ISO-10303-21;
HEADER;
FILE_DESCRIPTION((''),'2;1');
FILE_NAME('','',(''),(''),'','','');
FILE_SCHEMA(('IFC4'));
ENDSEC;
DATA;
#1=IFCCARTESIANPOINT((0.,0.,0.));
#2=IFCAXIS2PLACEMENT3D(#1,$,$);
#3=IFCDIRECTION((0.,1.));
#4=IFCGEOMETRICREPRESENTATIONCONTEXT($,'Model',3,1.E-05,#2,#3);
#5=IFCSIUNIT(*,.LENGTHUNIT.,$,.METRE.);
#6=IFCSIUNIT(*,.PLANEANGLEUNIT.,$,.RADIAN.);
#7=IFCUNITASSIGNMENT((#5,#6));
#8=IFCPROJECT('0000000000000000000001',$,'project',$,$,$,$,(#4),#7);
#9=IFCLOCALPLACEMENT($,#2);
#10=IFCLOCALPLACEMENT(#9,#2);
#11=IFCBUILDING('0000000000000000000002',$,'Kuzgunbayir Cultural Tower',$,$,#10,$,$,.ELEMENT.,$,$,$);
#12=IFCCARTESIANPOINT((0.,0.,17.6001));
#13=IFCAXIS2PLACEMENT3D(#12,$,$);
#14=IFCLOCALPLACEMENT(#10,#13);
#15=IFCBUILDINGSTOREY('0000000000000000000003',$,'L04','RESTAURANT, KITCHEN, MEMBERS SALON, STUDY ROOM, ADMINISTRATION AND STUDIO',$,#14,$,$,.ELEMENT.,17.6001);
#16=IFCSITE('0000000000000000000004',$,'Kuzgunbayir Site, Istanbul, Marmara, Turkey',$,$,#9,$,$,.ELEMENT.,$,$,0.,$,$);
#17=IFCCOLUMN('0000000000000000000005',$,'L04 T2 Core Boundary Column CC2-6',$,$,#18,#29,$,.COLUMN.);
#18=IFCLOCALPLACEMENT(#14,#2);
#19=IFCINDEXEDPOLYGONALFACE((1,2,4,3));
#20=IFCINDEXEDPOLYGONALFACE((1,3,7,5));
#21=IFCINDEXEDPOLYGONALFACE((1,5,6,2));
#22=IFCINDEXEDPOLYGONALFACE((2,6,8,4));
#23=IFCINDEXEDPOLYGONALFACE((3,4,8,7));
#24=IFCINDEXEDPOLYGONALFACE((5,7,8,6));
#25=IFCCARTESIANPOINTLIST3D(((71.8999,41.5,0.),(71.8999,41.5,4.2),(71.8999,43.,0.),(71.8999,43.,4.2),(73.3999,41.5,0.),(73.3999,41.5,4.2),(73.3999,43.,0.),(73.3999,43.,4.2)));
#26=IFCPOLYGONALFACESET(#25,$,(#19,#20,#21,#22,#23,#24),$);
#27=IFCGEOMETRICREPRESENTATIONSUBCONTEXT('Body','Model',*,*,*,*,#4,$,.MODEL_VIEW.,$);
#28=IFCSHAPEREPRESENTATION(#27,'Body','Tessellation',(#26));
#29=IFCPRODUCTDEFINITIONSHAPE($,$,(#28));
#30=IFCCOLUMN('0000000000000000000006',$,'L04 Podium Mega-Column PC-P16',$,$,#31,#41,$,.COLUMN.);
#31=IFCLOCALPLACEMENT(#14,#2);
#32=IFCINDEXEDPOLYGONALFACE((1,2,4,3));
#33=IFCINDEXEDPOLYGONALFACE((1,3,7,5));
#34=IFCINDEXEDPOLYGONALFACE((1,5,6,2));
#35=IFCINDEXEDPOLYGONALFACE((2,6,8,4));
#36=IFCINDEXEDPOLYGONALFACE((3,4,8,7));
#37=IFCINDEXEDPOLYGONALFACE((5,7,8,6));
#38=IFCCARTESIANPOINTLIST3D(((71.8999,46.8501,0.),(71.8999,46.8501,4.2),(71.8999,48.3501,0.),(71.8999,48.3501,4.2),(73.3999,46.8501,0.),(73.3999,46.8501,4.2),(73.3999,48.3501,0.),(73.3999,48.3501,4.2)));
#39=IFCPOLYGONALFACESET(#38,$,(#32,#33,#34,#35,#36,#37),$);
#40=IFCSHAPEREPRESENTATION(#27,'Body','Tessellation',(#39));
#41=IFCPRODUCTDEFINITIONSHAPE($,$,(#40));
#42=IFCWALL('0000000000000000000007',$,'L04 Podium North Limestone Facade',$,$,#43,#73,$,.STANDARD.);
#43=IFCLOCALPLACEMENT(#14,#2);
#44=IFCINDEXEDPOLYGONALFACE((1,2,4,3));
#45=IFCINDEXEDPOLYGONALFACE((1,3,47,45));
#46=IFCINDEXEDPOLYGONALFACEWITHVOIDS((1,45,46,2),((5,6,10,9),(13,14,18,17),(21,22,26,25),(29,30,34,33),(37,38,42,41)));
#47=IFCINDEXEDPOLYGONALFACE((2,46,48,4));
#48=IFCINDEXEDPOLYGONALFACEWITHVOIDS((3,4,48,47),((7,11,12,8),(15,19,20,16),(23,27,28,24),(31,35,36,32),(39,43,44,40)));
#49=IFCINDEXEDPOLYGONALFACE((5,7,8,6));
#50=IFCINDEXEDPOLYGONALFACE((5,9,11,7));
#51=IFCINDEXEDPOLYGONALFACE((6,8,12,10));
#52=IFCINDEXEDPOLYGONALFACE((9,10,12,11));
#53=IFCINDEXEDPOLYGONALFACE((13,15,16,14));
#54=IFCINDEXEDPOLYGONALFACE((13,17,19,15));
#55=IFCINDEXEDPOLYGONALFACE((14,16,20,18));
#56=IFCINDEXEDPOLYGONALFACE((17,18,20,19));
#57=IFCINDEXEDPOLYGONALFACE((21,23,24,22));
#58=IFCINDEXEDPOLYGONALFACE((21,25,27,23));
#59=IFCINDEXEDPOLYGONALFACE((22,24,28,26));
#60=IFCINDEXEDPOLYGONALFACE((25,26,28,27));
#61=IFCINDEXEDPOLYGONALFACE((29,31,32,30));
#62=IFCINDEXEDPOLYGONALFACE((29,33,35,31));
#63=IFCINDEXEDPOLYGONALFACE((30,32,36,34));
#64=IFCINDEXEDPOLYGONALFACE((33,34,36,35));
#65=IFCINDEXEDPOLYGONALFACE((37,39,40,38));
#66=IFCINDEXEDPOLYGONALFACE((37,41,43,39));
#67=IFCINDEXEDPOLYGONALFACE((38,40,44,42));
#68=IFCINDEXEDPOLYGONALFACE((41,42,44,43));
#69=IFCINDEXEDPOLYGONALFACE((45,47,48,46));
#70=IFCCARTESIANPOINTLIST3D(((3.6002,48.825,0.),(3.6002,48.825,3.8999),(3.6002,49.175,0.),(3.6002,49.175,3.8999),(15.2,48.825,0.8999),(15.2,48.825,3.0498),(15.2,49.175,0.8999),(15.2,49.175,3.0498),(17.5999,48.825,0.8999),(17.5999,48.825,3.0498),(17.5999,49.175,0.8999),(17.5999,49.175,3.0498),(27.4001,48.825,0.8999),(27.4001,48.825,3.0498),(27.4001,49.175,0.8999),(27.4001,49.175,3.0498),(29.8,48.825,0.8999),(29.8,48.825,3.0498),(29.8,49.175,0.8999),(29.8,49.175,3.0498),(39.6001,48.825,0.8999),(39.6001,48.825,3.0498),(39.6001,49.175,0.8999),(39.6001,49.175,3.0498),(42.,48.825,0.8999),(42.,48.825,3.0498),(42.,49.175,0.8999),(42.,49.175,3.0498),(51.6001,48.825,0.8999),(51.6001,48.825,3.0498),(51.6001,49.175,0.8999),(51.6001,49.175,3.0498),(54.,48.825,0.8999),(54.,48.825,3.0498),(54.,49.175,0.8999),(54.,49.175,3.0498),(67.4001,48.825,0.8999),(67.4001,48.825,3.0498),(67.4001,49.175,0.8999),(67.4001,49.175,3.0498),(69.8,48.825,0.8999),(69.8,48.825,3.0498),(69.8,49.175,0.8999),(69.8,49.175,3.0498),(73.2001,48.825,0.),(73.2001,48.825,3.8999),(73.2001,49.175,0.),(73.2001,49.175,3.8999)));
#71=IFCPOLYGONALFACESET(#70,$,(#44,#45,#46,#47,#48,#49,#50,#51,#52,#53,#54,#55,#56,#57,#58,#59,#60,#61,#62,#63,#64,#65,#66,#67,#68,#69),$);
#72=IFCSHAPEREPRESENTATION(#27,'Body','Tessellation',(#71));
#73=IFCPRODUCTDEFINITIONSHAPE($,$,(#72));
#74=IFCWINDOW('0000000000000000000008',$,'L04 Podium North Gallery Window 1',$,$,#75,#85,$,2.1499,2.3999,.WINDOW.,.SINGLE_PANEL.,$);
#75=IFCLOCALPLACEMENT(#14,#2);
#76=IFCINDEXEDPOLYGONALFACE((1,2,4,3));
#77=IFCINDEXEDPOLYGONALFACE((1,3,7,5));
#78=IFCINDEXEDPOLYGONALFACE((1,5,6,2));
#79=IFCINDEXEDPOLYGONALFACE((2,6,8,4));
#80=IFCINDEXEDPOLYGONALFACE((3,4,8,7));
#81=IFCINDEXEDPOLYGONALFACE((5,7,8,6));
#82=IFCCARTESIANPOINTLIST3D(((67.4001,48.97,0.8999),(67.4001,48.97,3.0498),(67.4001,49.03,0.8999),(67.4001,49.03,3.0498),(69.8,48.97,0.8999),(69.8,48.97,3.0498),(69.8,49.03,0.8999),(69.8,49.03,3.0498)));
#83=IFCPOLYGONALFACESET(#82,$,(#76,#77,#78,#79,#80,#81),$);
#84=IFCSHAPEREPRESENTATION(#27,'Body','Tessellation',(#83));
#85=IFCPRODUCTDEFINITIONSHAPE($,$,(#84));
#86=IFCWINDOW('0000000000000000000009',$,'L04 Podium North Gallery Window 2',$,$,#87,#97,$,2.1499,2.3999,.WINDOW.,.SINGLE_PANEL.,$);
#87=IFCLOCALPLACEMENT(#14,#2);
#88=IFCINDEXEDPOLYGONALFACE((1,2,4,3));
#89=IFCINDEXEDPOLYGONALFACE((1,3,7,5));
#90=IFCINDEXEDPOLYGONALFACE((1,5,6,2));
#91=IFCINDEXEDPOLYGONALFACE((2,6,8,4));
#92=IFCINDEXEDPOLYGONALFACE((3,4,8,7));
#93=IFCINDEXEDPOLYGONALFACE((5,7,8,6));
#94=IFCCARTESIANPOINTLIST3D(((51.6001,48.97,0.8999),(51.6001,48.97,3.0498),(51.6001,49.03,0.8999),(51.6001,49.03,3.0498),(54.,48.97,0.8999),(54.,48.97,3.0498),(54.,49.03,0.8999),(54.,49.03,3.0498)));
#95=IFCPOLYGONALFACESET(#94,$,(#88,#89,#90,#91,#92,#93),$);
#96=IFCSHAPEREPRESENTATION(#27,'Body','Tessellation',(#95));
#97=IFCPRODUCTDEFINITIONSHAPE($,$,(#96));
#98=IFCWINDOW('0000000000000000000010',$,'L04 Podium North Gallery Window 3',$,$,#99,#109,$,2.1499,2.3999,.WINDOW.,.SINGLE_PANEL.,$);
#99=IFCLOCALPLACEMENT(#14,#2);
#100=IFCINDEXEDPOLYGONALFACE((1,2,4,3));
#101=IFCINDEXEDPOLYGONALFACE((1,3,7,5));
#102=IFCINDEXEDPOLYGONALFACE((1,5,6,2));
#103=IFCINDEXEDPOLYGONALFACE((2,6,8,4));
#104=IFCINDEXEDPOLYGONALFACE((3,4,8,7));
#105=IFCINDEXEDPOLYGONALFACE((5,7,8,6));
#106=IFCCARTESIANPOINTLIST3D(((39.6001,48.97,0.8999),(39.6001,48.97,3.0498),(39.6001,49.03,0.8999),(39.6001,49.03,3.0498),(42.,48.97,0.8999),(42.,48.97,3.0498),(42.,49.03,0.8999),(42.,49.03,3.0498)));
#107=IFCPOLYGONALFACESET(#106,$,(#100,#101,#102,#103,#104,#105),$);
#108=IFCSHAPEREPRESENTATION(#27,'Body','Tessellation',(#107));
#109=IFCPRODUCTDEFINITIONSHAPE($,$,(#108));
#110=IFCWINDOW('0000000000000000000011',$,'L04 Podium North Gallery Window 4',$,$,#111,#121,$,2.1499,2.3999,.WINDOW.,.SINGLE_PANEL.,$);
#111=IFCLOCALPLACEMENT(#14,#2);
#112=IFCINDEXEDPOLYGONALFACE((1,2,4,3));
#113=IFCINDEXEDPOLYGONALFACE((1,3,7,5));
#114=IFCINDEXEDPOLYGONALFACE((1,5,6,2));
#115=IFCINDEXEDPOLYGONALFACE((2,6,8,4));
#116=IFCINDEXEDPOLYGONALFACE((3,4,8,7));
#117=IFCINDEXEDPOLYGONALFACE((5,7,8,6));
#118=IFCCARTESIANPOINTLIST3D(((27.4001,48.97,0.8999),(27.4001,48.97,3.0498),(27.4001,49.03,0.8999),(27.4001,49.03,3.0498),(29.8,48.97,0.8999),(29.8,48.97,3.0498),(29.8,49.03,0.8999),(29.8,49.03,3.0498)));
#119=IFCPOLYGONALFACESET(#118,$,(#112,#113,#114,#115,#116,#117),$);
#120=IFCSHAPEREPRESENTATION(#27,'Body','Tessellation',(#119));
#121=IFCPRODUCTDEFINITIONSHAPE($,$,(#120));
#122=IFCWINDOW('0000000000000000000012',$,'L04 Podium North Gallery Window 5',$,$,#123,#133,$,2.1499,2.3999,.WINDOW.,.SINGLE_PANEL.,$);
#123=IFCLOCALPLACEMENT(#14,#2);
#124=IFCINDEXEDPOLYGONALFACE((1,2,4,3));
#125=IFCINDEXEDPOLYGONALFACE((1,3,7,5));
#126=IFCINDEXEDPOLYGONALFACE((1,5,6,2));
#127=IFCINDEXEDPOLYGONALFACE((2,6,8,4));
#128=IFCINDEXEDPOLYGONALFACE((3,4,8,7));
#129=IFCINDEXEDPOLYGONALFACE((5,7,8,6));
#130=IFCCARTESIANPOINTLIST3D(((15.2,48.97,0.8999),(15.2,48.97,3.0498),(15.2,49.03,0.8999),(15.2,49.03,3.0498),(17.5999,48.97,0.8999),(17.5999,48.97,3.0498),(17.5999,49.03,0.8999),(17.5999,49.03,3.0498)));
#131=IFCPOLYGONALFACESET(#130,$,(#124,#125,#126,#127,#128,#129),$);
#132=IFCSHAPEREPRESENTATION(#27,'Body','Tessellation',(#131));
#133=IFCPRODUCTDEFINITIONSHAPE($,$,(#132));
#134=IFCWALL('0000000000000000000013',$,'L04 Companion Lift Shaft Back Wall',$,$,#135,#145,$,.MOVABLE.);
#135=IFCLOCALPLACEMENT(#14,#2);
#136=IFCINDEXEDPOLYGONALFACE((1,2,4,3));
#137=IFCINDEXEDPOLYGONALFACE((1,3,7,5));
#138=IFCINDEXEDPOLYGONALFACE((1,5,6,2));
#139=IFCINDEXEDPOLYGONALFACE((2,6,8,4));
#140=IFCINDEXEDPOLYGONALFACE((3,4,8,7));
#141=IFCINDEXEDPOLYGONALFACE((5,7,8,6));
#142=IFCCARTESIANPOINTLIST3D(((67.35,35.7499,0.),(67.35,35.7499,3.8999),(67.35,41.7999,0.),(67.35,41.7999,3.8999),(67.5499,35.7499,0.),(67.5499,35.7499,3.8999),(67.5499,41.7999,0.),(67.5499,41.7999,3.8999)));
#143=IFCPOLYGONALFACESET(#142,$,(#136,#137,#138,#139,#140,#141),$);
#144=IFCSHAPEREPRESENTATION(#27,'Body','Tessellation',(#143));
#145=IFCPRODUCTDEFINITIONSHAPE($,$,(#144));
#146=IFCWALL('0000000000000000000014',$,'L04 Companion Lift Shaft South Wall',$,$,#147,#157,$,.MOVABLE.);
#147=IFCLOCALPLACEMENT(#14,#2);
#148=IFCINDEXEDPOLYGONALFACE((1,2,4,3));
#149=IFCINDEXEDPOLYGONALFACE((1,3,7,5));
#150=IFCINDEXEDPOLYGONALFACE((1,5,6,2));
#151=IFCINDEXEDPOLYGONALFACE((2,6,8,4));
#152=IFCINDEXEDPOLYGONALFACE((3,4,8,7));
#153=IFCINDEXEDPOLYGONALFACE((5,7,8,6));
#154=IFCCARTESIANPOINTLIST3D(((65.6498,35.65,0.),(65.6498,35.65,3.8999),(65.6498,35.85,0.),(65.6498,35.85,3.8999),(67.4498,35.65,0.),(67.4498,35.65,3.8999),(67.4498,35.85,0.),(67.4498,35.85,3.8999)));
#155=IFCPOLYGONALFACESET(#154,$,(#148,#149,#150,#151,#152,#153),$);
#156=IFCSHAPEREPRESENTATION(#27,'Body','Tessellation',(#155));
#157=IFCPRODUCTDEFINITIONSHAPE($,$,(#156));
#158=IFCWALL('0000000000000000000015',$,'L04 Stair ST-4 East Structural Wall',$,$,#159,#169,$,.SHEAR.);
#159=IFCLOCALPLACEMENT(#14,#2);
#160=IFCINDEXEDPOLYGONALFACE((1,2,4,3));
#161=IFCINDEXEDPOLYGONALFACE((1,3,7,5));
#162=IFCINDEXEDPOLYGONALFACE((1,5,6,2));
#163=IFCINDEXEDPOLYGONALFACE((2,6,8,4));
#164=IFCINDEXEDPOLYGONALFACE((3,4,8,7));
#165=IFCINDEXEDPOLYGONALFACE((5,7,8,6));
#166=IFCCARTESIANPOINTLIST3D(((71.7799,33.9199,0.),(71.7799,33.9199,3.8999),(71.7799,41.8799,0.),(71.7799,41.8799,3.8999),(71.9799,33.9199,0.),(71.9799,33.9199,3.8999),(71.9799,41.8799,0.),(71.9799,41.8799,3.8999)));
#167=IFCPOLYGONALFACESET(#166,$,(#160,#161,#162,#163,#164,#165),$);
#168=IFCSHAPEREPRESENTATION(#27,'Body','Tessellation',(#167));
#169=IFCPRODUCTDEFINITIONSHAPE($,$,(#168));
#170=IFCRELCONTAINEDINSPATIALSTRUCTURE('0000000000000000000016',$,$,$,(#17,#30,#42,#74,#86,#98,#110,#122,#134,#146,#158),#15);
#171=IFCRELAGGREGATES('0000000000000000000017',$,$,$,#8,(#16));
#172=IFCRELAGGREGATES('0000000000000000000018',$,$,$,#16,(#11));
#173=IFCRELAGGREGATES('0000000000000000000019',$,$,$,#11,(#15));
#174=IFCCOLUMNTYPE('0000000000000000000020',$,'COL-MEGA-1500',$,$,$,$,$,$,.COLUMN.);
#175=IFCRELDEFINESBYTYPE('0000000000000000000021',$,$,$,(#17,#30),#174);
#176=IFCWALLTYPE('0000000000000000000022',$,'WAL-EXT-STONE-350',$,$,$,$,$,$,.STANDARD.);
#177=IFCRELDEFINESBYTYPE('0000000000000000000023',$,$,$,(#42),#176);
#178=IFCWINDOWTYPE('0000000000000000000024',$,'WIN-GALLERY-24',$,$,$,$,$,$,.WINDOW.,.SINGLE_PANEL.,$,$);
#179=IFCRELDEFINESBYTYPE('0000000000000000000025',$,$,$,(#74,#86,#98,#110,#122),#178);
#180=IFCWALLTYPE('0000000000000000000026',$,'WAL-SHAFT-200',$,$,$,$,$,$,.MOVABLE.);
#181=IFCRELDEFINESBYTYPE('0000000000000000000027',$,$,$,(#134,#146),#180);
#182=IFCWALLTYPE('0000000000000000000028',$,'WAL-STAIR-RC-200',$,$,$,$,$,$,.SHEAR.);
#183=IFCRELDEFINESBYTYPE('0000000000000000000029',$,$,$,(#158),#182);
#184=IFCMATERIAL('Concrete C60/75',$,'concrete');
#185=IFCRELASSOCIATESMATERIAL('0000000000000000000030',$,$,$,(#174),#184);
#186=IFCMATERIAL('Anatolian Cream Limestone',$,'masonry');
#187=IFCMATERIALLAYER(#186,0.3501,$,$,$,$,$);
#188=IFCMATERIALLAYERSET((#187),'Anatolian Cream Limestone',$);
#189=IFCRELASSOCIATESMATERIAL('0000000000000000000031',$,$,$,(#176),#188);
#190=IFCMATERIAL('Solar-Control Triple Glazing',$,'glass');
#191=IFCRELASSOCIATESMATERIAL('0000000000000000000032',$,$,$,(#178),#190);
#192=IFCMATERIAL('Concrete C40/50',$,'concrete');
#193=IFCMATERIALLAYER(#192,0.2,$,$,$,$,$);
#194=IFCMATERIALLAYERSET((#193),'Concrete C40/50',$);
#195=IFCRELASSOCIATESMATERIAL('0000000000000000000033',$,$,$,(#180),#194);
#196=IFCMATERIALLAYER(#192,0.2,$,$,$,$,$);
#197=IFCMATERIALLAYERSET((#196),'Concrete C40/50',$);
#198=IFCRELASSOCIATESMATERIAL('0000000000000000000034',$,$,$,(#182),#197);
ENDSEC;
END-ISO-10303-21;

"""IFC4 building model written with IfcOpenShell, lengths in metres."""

from ifc_helpers import new_model, si_unit, direction, frame, frame_2d, origin, origin_2d, place, context, subcontext, project, spatial, rectangle, extrude, material, layer, layer_set, material_profile, profile_set, type_object, element, fill, save


model = new_model("IFC4")

# Units and contexts
model_context = context("Model", 3, precision=1e-05, world=origin(), true_north=direction((0.0, 1.0)))
body_context = subcontext(model_context, "Body", "Model", "MODEL_VIEW")
ifc_project = project(units=[si_unit("LENGTHUNIT", "METRE"), si_unit("PLANEANGLEUNIT", "RADIAN")], contexts=[model_context])

# Site, building, storey
site_placement = place(None, origin())
site = spatial("IfcSite", under=ifc_project, at=site_placement, Name="Kuzgunbayir Site, Istanbul, Marmara, Turkey", CompositionType="ELEMENT", RefElevation=0.0)
building_placement = place(site_placement, origin())
building = spatial("IfcBuilding", under=site, at=building_placement, Name="Kuzgunbayir Cultural Tower", CompositionType="ELEMENT")
storey_placement = place(building_placement, frame((0.0, 0.0, 17.6001)))
storey = spatial("IfcBuildingStorey", under=building, at=storey_placement, Name="L04", Description="RESTAURANT, KITCHEN, MEMBERS SALON, STUDY ROOM, ADMINISTRATION AND STUDIO", CompositionType="ELEMENT", Elevation=17.6001)

# Columns
ifc_material_1 = material(Name="Concrete C60/75", Category="concrete")
ifc_material_profile = material_profile(ifc_material_1, rectangle(XDim=1.5, YDim=1.5, at=origin_2d()), Name="RC 1500x1500")
ifc_profile_set = profile_set([ifc_material_profile], Name="Concrete C60/75")
column_type = type_object("IfcColumnType", Name="COL-MEGA-1500", PredefinedType="COLUMN", material=ifc_profile_set)
for number, where, z_axis, x_axis, name in (
    (1, (72.6499, 42.25, 0.0), (0.0, 0.0, 1.0), (1.0, 0.0, 0.0), "L04 T2 Core Boundary Column CC2-6"),
    (2, (72.6499, 47.6001, 0.0), (0.0, 0.0, 1.0), (1.0, 0.0, 0.0), "L04 Podium Mega-Column PC-P16"),
):
    element("IfcColumn", number, at=place(storey_placement, frame(where, z_axis=z_axis, x_axis=x_axis)), inside=storey, type_object=column_type, Name=name, PredefinedType="COLUMN", context=body_context, shape_type="SweptSolid", body=[
        extrude(rectangle(XDim=1.5, YDim=1.5, at=origin_2d()), origin(), (0.0, 0.0, 1.0), 4.2),
    ])

# Wall, openings, windows
ifc_material_2 = material(Name="Anatolian Cream Limestone", Category="masonry")
ifc_layer_1 = layer(ifc_material_2, 0.3501)
ifc_layer_set_1 = layer_set([ifc_layer_1], Name="Anatolian Cream Limestone")
wall_type_1 = type_object("IfcWallType", Name="WAL-EXT-STONE-350", PredefinedType="STANDARD", material=ifc_layer_set_1)
wall_1_placement = place(storey_placement, frame((73.2, 49.0, 0.0), z_axis=(0.0, 0.0, 1.0), x_axis=(-1.0, 0.0, 0.0)))
wall_1 = element("IfcWall", 3, at=wall_1_placement, inside=storey, type_object=wall_type_1, Name="L04 Podium North Limestone Facade", PredefinedType="STANDARD", context=body_context, shape_type="SweptSolid", body=[
    extrude(rectangle(XDim=69.5999, YDim=0.3501, at=frame_2d((34.7998, 0.0))), origin(), (0.0, 0.0, 1.0), 3.8999),
])
opening_1_placement = place(wall_1_placement, frame((3.3999, 0.0, 0.8999)))
opening_1 = element("IfcOpeningElement", 4, at=opening_1_placement, cuts=wall_1, PredefinedType="OPENING", context=body_context, shape_type="SweptSolid", body=[
    extrude(rectangle(XDim=2.3999, YDim=2.1499, at=frame_2d((1.2, 1.075))), frame((0.0, 0.1851, 0.0), z_axis=(0.0, -1.0, 0.0), x_axis=(1.0, 0.0, 0.0)), (0.0, 0.0, 1.0), 0.3701),
])
opening_2_placement = place(wall_1_placement, frame((19.2, 0.0, 0.8999)))
opening_2 = element("IfcOpeningElement", 5, at=opening_2_placement, cuts=wall_1, PredefinedType="OPENING", context=body_context, shape_type="SweptSolid", body=[
    extrude(rectangle(XDim=2.3999, YDim=2.1499, at=frame_2d((1.2, 1.075))), frame((0.0, 0.1851, 0.0), z_axis=(0.0, -1.0, 0.0), x_axis=(1.0, 0.0, 0.0)), (0.0, 0.0, 1.0), 0.3701),
])
opening_3_placement = place(wall_1_placement, frame((31.2, 0.0, 0.8999)))
opening_3 = element("IfcOpeningElement", 6, at=opening_3_placement, cuts=wall_1, PredefinedType="OPENING", context=body_context, shape_type="SweptSolid", body=[
    extrude(rectangle(XDim=2.3999, YDim=2.1499, at=frame_2d((1.2, 1.075))), frame((0.0, 0.1851, 0.0), z_axis=(0.0, -1.0, 0.0), x_axis=(1.0, 0.0, 0.0)), (0.0, 0.0, 1.0), 0.3701),
])
opening_4_placement = place(wall_1_placement, frame((43.3999, 0.0, 0.8999)))
opening_4 = element("IfcOpeningElement", 7, at=opening_4_placement, cuts=wall_1, PredefinedType="OPENING", context=body_context, shape_type="SweptSolid", body=[
    extrude(rectangle(XDim=2.3999, YDim=2.1499, at=frame_2d((1.2, 1.075))), frame((0.0, 0.1851, 0.0), z_axis=(0.0, -1.0, 0.0), x_axis=(1.0, 0.0, 0.0)), (0.0, 0.0, 1.0), 0.3701),
])
opening_5_placement = place(wall_1_placement, frame((55.6001, 0.0, 0.8999)))
opening_5 = element("IfcOpeningElement", 8, at=opening_5_placement, cuts=wall_1, PredefinedType="OPENING", context=body_context, shape_type="SweptSolid", body=[
    extrude(rectangle(XDim=2.3999, YDim=2.1499, at=frame_2d((1.2, 1.075))), frame((0.0, 0.1851, 0.0), z_axis=(0.0, -1.0, 0.0), x_axis=(1.0, 0.0, 0.0)), (0.0, 0.0, 1.0), 0.3701),
])
ifc_material_3 = material(Name="Solar-Control Triple Glazing", Category="glass")
window_type = type_object("IfcWindowType", Name="WIN-GALLERY-24", PartitioningType="SINGLE_PANEL", PredefinedType="WINDOW", material=ifc_material_3)
window_1_placement = place(opening_1_placement, origin())
window_1 = element("IfcWindow", 9, at=window_1_placement, inside=storey, type_object=window_type, Name="L04 Podium North Gallery Window 1", OverallHeight=2.1499, OverallWidth=2.3999, PartitioningType="SINGLE_PANEL", PredefinedType="WINDOW", context=body_context, shape_type="SweptSolid", body=[
    extrude(rectangle(XDim=2.3999, YDim=2.1499, at=frame_2d((1.2, 1.075))), frame((0.0, 0.03, 0.0), z_axis=(0.0, -1.0, 0.0), x_axis=(1.0, 0.0, 0.0)), (0.0, 0.0, 1.0), 0.0601),
])
fill(opening_1, window_1)
window_2_placement = place(opening_2_placement, origin())
window_2 = element("IfcWindow", 10, at=window_2_placement, inside=storey, type_object=window_type, Name="L04 Podium North Gallery Window 2", OverallHeight=2.1499, OverallWidth=2.3999, PartitioningType="SINGLE_PANEL", PredefinedType="WINDOW", context=body_context, shape_type="SweptSolid", body=[
    extrude(rectangle(XDim=2.3999, YDim=2.1499, at=frame_2d((1.2, 1.075))), frame((0.0, 0.03, 0.0), z_axis=(0.0, -1.0, 0.0), x_axis=(1.0, 0.0, 0.0)), (0.0, 0.0, 1.0), 0.0601),
])
fill(opening_2, window_2)
window_3_placement = place(opening_3_placement, origin())
window_3 = element("IfcWindow", 11, at=window_3_placement, inside=storey, type_object=window_type, Name="L04 Podium North Gallery Window 3", OverallHeight=2.1499, OverallWidth=2.3999, PartitioningType="SINGLE_PANEL", PredefinedType="WINDOW", context=body_context, shape_type="SweptSolid", body=[
    extrude(rectangle(XDim=2.3999, YDim=2.1499, at=frame_2d((1.2, 1.075))), frame((0.0, 0.03, 0.0), z_axis=(0.0, -1.0, 0.0), x_axis=(1.0, 0.0, 0.0)), (0.0, 0.0, 1.0), 0.0601),
])
fill(opening_3, window_3)
window_4_placement = place(opening_4_placement, origin())
window_4 = element("IfcWindow", 12, at=window_4_placement, inside=storey, type_object=window_type, Name="L04 Podium North Gallery Window 4", OverallHeight=2.1499, OverallWidth=2.3999, PartitioningType="SINGLE_PANEL", PredefinedType="WINDOW", context=body_context, shape_type="SweptSolid", body=[
    extrude(rectangle(XDim=2.3999, YDim=2.1499, at=frame_2d((1.2, 1.075))), frame((0.0, 0.03, 0.0), z_axis=(0.0, -1.0, 0.0), x_axis=(1.0, 0.0, 0.0)), (0.0, 0.0, 1.0), 0.0601),
])
fill(opening_4, window_4)
window_5_placement = place(opening_5_placement, origin())
window_5 = element("IfcWindow", 13, at=window_5_placement, inside=storey, type_object=window_type, Name="L04 Podium North Gallery Window 5", OverallHeight=2.1499, OverallWidth=2.3999, PartitioningType="SINGLE_PANEL", PredefinedType="WINDOW", context=body_context, shape_type="SweptSolid", body=[
    extrude(rectangle(XDim=2.3999, YDim=2.1499, at=frame_2d((1.2, 1.075))), frame((0.0, 0.03, 0.0), z_axis=(0.0, -1.0, 0.0), x_axis=(1.0, 0.0, 0.0)), (0.0, 0.0, 1.0), 0.0601),
])
fill(opening_5, window_5)

# Walls
ifc_material_4 = material(Name="Concrete C40/50", Category="concrete")
ifc_layer_2 = layer(ifc_material_4, 0.2)
ifc_layer_set_2 = layer_set([ifc_layer_2], Name="Concrete C40/50")
wall_type_2 = type_object("IfcWallType", Name="WAL-SHAFT-200", PredefinedType="MOVABLE", material=ifc_layer_set_2)
wall_2_placement = place(storey_placement, frame((67.45, 35.75, 0.0), z_axis=(0.0, 0.0, 1.0), x_axis=(0.0, 1.0, 0.0)))
element("IfcWall", 14, at=wall_2_placement, inside=storey, type_object=wall_type_2, Name="L04 Companion Lift Shaft Back Wall", PredefinedType="MOVABLE", context=body_context, shape_type="SweptSolid", body=[
    extrude(rectangle(XDim=6.05, YDim=0.2, at=frame_2d((3.0249, 0.0))), origin(), (0.0, 0.0, 1.0), 3.8999),
])
wall_3_placement = place(storey_placement, frame((65.6499, 35.75, 0.0), z_axis=(0.0, 0.0, 1.0), x_axis=(1.0, 0.0, 0.0)))
element("IfcWall", 15, at=wall_3_placement, inside=storey, type_object=wall_type_2, Name="L04 Companion Lift Shaft South Wall", PredefinedType="MOVABLE", context=body_context, shape_type="SweptSolid", body=[
    extrude(rectangle(XDim=1.8, YDim=0.2, at=frame_2d((0.8999, 0.0))), origin(), (0.0, 0.0, 1.0), 3.8999),
])
ifc_layer_3 = layer(ifc_material_4, 0.2)
ifc_layer_set_3 = layer_set([ifc_layer_3], Name="Concrete C40/50")
wall_type_3 = type_object("IfcWallType", Name="WAL-STAIR-RC-200", PredefinedType="SHEAR", material=ifc_layer_set_3)
wall_4_placement = place(storey_placement, frame((71.8799, 33.9199, 0.0), z_axis=(0.0, 0.0, 1.0), x_axis=(0.0, 1.0, 0.0)))
element("IfcWall", 16, at=wall_4_placement, inside=storey, type_object=wall_type_3, Name="L04 Stair ST-4 East Structural Wall", PredefinedType="SHEAR", context=body_context, shape_type="SweptSolid", body=[
    extrude(rectangle(XDim=7.96, YDim=0.2, at=frame_2d((3.98, 0.0))), origin(), (0.0, 0.0, 1.0), 3.8999),
])

save(model, "model.ifc")
